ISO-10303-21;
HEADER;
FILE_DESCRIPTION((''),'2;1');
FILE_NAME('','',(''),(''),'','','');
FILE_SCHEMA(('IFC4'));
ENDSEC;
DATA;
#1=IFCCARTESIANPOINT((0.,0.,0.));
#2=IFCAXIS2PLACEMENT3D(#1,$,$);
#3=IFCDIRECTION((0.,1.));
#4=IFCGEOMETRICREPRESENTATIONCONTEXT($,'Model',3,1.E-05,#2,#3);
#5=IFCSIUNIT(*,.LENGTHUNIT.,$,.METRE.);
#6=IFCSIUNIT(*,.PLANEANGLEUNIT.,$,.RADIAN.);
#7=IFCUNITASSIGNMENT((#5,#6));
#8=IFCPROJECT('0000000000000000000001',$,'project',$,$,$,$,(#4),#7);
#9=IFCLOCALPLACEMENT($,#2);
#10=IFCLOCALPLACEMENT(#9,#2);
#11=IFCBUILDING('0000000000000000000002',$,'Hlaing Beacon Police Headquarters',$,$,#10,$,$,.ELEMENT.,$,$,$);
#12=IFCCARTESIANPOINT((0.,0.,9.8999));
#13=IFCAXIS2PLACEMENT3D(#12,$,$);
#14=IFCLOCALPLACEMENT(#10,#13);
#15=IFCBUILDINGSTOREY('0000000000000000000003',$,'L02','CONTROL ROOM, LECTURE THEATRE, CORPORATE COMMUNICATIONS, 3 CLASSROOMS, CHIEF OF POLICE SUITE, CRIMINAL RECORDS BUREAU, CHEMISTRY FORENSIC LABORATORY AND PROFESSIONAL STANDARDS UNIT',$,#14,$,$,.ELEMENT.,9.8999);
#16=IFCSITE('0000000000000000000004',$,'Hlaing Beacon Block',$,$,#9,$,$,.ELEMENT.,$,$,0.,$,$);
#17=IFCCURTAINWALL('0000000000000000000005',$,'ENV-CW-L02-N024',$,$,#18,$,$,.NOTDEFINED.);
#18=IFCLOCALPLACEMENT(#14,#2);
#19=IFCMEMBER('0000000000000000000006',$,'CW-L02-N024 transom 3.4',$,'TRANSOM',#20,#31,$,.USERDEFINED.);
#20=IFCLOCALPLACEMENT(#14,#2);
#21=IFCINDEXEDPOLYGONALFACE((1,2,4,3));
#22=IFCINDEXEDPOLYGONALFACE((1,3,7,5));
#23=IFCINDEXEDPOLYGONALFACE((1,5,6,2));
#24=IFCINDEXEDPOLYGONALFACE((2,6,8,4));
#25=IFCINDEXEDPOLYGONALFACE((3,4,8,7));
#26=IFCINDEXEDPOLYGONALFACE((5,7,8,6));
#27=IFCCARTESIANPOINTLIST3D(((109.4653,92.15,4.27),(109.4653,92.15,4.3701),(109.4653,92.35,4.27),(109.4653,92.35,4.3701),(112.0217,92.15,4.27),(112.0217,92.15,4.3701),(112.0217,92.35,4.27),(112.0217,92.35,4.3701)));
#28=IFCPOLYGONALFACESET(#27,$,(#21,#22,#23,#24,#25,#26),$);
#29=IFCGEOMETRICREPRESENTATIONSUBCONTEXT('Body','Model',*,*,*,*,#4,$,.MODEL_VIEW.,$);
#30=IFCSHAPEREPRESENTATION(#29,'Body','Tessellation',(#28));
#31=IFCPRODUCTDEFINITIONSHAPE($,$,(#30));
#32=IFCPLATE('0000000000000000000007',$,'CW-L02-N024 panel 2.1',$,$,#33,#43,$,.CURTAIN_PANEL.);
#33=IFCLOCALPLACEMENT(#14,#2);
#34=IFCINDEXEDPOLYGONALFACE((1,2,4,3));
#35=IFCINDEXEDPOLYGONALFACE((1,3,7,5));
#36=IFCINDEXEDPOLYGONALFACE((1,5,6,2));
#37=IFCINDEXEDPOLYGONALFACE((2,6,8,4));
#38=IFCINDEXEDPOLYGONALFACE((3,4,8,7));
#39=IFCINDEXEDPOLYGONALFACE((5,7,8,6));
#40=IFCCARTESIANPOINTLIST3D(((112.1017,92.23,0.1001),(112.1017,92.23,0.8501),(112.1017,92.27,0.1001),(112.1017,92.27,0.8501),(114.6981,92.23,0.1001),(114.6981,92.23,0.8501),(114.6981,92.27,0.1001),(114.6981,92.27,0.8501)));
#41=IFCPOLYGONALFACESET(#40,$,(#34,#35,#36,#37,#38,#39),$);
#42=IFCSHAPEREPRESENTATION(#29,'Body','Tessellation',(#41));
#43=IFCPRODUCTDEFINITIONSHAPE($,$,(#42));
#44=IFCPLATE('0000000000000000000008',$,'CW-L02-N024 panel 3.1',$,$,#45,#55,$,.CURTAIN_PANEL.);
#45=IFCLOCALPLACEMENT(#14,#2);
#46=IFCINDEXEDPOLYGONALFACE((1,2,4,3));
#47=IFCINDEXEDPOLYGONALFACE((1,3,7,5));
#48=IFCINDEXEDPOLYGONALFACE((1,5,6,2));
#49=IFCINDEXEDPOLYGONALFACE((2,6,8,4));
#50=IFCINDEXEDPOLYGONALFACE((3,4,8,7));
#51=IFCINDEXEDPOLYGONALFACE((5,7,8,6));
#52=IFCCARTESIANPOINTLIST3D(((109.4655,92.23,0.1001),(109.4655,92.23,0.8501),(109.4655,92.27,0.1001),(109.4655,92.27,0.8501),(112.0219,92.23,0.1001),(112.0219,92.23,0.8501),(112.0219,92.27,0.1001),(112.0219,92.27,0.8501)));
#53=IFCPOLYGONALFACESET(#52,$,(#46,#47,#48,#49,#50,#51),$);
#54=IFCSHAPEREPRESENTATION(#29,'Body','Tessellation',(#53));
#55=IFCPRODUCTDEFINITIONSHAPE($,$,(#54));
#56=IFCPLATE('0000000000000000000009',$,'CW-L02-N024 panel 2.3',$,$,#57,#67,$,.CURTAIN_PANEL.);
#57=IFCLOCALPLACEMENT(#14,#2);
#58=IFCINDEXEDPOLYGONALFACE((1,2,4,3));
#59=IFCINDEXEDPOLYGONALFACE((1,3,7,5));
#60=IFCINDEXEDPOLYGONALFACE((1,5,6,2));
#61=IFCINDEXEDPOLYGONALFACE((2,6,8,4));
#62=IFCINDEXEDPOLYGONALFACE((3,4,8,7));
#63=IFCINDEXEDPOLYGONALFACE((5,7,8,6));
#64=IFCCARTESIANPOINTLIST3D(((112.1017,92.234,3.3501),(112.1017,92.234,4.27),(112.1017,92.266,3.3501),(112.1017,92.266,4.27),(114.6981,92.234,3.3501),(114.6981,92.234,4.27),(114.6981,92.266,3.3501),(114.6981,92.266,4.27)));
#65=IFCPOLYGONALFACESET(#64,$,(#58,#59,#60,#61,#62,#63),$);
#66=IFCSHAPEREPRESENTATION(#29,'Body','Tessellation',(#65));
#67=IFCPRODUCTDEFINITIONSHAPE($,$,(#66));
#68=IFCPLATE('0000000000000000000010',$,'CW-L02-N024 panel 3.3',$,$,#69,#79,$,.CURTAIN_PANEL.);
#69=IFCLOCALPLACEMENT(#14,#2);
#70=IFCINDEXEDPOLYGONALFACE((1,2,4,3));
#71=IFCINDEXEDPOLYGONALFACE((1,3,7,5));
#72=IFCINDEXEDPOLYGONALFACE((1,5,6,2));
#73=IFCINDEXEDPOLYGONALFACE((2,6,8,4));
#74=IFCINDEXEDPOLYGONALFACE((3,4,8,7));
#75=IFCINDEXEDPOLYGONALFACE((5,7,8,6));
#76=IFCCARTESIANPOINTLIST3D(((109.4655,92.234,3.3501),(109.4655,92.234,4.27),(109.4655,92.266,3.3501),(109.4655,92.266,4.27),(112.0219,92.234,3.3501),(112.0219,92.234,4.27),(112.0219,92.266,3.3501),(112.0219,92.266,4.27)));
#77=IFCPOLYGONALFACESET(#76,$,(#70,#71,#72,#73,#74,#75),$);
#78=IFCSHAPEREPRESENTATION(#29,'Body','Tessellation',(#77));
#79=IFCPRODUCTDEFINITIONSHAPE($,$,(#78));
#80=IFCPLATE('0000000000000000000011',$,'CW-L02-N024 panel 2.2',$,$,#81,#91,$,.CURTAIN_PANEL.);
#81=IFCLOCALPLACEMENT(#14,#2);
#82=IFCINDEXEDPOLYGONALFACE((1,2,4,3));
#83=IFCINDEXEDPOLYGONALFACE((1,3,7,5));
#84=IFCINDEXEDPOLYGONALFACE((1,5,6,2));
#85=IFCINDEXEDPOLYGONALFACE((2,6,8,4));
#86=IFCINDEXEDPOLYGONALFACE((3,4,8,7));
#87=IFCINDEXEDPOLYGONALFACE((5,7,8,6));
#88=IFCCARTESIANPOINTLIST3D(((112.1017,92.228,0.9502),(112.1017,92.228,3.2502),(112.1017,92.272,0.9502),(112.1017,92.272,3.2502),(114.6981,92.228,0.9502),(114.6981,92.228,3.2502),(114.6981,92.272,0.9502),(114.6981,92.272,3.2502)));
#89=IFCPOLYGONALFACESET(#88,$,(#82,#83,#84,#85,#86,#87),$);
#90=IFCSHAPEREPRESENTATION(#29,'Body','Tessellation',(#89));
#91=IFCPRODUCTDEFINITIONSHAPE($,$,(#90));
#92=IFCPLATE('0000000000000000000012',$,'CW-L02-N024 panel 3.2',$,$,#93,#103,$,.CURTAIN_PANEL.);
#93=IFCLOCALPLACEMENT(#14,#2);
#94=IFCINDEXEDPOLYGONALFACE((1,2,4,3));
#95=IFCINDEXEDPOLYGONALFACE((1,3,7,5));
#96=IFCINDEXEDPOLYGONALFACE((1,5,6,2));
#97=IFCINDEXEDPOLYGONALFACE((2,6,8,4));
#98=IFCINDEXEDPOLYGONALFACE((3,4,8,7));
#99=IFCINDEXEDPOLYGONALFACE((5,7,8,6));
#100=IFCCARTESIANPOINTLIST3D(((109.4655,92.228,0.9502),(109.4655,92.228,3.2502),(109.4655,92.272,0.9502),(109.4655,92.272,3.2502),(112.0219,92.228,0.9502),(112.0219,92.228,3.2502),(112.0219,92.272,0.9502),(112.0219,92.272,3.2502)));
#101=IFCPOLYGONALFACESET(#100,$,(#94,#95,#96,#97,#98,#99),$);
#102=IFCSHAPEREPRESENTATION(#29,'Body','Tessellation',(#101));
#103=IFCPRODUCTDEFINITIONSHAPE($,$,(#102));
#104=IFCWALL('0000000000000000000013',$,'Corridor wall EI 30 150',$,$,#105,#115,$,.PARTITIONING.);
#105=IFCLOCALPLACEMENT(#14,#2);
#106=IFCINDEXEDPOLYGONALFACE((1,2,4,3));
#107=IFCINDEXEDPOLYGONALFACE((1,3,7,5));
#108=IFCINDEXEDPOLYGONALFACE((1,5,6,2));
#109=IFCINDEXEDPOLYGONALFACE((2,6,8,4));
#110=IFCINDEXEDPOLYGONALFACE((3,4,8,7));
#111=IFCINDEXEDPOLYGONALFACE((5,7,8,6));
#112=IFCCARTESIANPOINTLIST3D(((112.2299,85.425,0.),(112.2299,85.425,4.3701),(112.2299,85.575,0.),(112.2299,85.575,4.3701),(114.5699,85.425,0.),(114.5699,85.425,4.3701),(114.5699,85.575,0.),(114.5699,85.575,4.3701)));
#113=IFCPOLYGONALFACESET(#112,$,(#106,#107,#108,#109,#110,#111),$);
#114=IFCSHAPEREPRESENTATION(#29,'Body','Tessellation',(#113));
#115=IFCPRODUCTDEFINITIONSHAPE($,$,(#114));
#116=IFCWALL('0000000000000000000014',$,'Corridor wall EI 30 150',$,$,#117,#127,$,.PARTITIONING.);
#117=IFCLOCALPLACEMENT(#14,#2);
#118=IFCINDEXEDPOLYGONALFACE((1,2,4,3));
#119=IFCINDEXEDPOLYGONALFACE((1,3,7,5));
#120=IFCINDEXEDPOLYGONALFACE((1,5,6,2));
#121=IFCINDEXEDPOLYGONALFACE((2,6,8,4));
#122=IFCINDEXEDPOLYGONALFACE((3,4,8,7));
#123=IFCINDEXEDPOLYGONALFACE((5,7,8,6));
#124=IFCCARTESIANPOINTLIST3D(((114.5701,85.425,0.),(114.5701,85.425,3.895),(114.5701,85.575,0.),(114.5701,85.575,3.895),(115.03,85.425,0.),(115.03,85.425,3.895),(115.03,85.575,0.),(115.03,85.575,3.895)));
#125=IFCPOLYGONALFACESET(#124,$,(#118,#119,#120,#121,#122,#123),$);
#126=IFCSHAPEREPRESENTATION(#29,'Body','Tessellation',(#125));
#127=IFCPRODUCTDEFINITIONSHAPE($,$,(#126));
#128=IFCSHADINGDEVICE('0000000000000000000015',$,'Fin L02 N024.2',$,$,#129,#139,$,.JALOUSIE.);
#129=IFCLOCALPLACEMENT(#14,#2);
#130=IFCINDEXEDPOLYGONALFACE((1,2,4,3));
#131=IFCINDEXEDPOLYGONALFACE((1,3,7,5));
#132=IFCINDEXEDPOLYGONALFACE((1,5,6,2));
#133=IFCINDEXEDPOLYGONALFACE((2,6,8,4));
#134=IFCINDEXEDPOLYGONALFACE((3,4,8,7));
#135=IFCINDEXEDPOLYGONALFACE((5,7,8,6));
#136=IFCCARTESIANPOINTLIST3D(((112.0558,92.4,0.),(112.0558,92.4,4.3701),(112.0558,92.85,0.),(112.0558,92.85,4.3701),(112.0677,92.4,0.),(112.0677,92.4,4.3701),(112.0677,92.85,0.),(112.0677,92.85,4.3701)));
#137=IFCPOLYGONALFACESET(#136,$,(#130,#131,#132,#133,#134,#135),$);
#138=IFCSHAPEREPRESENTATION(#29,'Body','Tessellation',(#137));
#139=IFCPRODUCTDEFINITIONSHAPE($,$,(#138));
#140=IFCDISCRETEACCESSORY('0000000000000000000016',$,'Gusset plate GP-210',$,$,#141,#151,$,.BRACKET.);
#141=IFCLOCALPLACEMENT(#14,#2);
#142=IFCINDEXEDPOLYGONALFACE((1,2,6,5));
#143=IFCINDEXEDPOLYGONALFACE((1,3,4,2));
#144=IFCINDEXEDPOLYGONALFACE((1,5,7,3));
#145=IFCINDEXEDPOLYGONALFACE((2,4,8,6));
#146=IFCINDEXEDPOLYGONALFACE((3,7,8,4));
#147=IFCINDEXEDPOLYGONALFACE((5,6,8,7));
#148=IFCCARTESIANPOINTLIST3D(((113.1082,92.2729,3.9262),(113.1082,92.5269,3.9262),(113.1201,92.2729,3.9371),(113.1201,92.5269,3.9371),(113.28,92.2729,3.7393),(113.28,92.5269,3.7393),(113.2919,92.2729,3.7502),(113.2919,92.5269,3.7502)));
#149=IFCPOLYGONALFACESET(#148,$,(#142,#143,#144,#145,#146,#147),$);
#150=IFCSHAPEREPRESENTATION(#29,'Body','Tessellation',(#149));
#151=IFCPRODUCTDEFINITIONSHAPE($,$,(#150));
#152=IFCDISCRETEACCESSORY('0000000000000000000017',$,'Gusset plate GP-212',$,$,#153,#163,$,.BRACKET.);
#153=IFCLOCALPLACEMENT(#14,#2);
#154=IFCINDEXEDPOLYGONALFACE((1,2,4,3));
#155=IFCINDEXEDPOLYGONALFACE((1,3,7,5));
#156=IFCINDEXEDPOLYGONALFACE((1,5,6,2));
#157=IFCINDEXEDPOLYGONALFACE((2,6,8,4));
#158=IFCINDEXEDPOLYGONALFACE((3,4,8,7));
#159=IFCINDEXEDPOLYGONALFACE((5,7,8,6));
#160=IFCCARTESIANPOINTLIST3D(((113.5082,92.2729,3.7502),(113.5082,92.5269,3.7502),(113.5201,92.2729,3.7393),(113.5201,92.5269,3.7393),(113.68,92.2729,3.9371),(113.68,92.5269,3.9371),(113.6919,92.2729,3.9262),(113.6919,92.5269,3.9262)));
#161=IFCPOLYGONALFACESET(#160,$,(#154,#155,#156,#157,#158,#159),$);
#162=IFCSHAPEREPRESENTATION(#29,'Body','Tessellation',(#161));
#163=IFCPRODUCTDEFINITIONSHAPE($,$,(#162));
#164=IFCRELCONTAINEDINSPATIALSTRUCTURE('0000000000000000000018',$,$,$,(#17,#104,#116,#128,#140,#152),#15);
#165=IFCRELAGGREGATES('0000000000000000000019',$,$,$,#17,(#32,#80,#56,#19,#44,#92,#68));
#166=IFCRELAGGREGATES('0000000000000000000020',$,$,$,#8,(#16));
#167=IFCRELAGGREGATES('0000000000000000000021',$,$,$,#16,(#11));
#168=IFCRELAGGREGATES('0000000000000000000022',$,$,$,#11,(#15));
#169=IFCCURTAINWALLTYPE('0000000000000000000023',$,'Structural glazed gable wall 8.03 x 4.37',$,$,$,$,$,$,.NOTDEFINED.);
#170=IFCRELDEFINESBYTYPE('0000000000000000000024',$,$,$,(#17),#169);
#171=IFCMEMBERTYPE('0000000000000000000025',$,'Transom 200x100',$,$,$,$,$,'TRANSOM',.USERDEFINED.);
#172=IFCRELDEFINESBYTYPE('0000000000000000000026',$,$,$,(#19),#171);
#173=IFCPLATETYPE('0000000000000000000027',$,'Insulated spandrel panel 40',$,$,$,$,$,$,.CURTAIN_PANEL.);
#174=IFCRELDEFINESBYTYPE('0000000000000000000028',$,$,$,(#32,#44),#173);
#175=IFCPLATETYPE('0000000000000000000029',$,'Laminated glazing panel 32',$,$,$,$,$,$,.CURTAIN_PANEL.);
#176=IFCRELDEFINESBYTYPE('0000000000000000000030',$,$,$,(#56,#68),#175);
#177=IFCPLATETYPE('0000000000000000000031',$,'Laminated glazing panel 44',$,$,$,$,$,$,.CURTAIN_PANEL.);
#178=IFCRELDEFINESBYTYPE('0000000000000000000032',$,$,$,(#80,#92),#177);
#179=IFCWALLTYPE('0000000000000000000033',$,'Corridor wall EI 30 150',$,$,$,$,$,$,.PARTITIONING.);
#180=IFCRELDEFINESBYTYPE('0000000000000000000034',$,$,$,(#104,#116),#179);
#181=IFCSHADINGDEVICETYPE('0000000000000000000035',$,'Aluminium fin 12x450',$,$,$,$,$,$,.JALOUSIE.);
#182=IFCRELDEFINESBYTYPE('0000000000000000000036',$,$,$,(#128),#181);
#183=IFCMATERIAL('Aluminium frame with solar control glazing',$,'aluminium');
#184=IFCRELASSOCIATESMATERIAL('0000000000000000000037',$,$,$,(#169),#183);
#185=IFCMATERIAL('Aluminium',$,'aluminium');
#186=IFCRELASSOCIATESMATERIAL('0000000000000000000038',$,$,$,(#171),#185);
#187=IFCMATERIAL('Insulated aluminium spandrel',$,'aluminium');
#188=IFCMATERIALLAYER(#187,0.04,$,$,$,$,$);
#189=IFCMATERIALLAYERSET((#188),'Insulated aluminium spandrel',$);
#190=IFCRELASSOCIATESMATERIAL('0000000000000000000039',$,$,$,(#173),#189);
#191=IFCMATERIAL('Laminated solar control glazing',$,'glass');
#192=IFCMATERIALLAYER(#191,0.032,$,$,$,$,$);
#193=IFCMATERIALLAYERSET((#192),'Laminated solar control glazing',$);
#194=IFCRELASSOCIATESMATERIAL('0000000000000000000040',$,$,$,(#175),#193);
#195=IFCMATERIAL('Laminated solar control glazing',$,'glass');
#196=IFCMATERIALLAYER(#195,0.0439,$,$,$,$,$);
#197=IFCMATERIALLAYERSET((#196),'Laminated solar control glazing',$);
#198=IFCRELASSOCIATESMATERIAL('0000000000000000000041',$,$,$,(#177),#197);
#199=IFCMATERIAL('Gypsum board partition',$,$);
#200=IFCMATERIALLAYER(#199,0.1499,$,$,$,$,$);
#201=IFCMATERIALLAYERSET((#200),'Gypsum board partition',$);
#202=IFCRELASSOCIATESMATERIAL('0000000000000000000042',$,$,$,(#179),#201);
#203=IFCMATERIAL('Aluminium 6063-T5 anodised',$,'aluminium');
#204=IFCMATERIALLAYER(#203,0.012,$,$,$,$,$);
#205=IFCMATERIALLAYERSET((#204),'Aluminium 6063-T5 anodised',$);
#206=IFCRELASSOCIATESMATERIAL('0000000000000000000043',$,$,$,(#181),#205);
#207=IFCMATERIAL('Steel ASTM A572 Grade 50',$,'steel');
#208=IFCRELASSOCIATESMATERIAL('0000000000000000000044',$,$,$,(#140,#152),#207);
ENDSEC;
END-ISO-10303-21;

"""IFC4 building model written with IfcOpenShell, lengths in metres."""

from ifc_helpers import new_model, si_unit, direction, frame, frame_2d, origin, origin_2d, place, context, subcontext, project, spatial, rectangle, extrude, material, layer, layer_set, material_profile, profile_set, type_object, element, aggregate, save


model = new_model("IFC4")

# Units and contexts
model_context = context("Model", 3, precision=1e-05, world=origin(), true_north=direction((0.0, 1.0)))
body_context = subcontext(model_context, "Body", "Model", "MODEL_VIEW")
ifc_project = project(units=[si_unit("LENGTHUNIT", "METRE"), si_unit("PLANEANGLEUNIT", "RADIAN")], contexts=[model_context])

# Site, building, storey
site_placement = place(None, origin())
site = spatial("IfcSite", under=ifc_project, at=site_placement, Name="Hlaing Beacon Block", CompositionType="ELEMENT", RefElevation=0.0)
building_placement = place(site_placement, origin())
building = spatial("IfcBuilding", under=site, at=building_placement, Name="Hlaing Beacon Police Headquarters", CompositionType="ELEMENT")
storey_placement = place(building_placement, frame((0.0, 0.0, 9.8999)))
storey = spatial("IfcBuildingStorey", under=building, at=storey_placement, Name="L02", Description="CONTROL ROOM, LECTURE THEATRE, CORPORATE COMMUNICATIONS, 3 CLASSROOMS, CHIEF OF POLICE SUITE, CRIMINAL RECORDS BUREAU, CHEMISTRY FORENSIC LABORATORY AND PROFESSIONAL STANDARDS UNIT", CompositionType="ELEMENT", Elevation=9.8999)

# Curtain wall, member, plates
ifc_material_1 = material(Name="Aluminium frame with solar control glazing", Category="aluminium")
curtain_wall_type = type_object("IfcCurtainWallType", Name="Structural glazed gable wall 8.03 x 4.37", PredefinedType="NOTDEFINED", material=ifc_material_1)
curtain_wall_placement = place(storey_placement, origin())
curtain_wall = element("IfcCurtainWall", 1, at=curtain_wall_placement, inside=storey, type_object=curtain_wall_type, Name="ENV-CW-L02-N024", PredefinedType="NOTDEFINED")
ifc_material_2 = material(Name="Aluminium", Category="aluminium")
ifc_material_profile_1 = material_profile(ifc_material_2, rectangle(XDim=0.2, YDim=0.1001, at=origin_2d()), Name="Transom 200x100")
ifc_profile_set_1 = profile_set([ifc_material_profile_1], Name="Aluminium")
member_type_1 = type_object("IfcMemberType", Name="Transom 200x100", ElementType="TRANSOM", PredefinedType="USERDEFINED", material=ifc_profile_set_1)
member_1_placement = place(storey_placement, frame((112.0217, 92.25, 4.3201), z_axis=(-1.0, 0.0, 0.0), x_axis=(0.0, -1.0, 0.0)))
member_1 = element("IfcMember", 2, at=member_1_placement, type_object=member_type_1, Name="CW-L02-N024 transom 3.4", ObjectType="TRANSOM", PredefinedType="USERDEFINED", context=body_context, shape_type="SweptSolid", body=[
    extrude(rectangle(XDim=0.2, YDim=0.1001, at=origin_2d()), origin(), (0.0, 0.0, 1.0), 2.5564),
])
ifc_material_3 = material(Name="Insulated aluminium spandrel", Category="aluminium")
ifc_layer_1 = layer(ifc_material_3, 0.04)
ifc_layer_set_1 = layer_set([ifc_layer_1], Name="Insulated aluminium spandrel")
plate_type_1 = type_object("IfcPlateType", Name="Insulated spandrel panel 40", PredefinedType="CURTAIN_PANEL", material=ifc_layer_set_1)
plate_1_placement = place(storey_placement, frame((113.3999, 92.25, 0.1001), z_axis=(0.0, 0.0, 1.0), x_axis=(-1.0, 0.0, 0.0)))
plate_1 = element("IfcPlate", 3, at=plate_1_placement, type_object=plate_type_1, Name="CW-L02-N024 panel 2.1", PredefinedType="CURTAIN_PANEL", context=body_context, shape_type="SweptSolid", body=[
    extrude(rectangle(XDim=2.5964, YDim=0.04, at=origin_2d()), origin(), (0.0, 0.0, 1.0), 0.75),
])
plate_2_placement = place(storey_placement, frame((110.7437, 92.25, 0.1001), z_axis=(0.0, 0.0, 1.0), x_axis=(-1.0, 0.0, 0.0)))
plate_2 = element("IfcPlate", 4, at=plate_2_placement, type_object=plate_type_1, Name="CW-L02-N024 panel 3.1", PredefinedType="CURTAIN_PANEL", context=body_context, shape_type="SweptSolid", body=[
    extrude(rectangle(XDim=2.5564, YDim=0.04, at=origin_2d()), origin(), (0.0, 0.0, 1.0), 0.75),
])
ifc_material_4 = material(Name="Laminated solar control glazing", Category="glass")
ifc_layer_2 = layer(ifc_material_4, 0.032)
ifc_layer_set_2 = layer_set([ifc_layer_2], Name="Laminated solar control glazing")
plate_type_2 = type_object("IfcPlateType", Name="Laminated glazing panel 32", PredefinedType="CURTAIN_PANEL", material=ifc_layer_set_2)
plate_3_placement = place(storey_placement, frame((113.3999, 92.25, 3.3501), z_axis=(0.0, 0.0, 1.0), x_axis=(-1.0, 0.0, 0.0)))
plate_3 = element("IfcPlate", 5, at=plate_3_placement, type_object=plate_type_2, Name="CW-L02-N024 panel 2.3", PredefinedType="CURTAIN_PANEL", context=body_context, shape_type="SweptSolid", body=[
    extrude(rectangle(XDim=2.5964, YDim=0.032, at=origin_2d()), origin(), (0.0, 0.0, 1.0), 0.9199),
])
plate_4_placement = place(storey_placement, frame((110.7437, 92.25, 3.3501), z_axis=(0.0, 0.0, 1.0), x_axis=(-1.0, 0.0, 0.0)))
plate_4 = element("IfcPlate", 6, at=plate_4_placement, type_object=plate_type_2, Name="CW-L02-N024 panel 3.3", PredefinedType="CURTAIN_PANEL", context=body_context, shape_type="SweptSolid", body=[
    extrude(rectangle(XDim=2.5564, YDim=0.032, at=origin_2d()), origin(), (0.0, 0.0, 1.0), 0.9199),
])
ifc_material_5 = material(Name="Laminated solar control glazing", Category="glass")
ifc_layer_3 = layer(ifc_material_5, 0.0439)
ifc_layer_set_3 = layer_set([ifc_layer_3], Name="Laminated solar control glazing")
plate_type_3 = type_object("IfcPlateType", Name="Laminated glazing panel 44", PredefinedType="CURTAIN_PANEL", material=ifc_layer_set_3)
plate_5_placement = place(storey_placement, frame((113.3999, 92.25, 0.9502), z_axis=(0.0, 0.0, 1.0), x_axis=(-1.0, 0.0, 0.0)))
plate_5 = element("IfcPlate", 7, at=plate_5_placement, type_object=plate_type_3, Name="CW-L02-N024 panel 2.2", PredefinedType="CURTAIN_PANEL", context=body_context, shape_type="SweptSolid", body=[
    extrude(rectangle(XDim=2.5964, YDim=0.0439, at=origin_2d()), origin(), (0.0, 0.0, 1.0), 2.3),
])
plate_6_placement = place(storey_placement, frame((110.7437, 92.25, 0.9502), z_axis=(0.0, 0.0, 1.0), x_axis=(-1.0, 0.0, 0.0)))
plate_6 = element("IfcPlate", 8, at=plate_6_placement, type_object=plate_type_3, Name="CW-L02-N024 panel 3.2", PredefinedType="CURTAIN_PANEL", context=body_context, shape_type="SweptSolid", body=[
    extrude(rectangle(XDim=2.5564, YDim=0.0439, at=origin_2d()), origin(), (0.0, 0.0, 1.0), 2.3),
])
aggregate(curtain_wall, [plate_1, plate_5, plate_3, member_1, plate_2, plate_6, plate_4])

# Walls
ifc_material_6 = material(Name="Gypsum board partition")
ifc_layer_4 = layer(ifc_material_6, 0.1499)
ifc_layer_set_4 = layer_set([ifc_layer_4], Name="Gypsum board partition")
wall_type = type_object("IfcWallType", Name="Corridor wall EI 30 150", PredefinedType="PARTITIONING", material=ifc_layer_set_4)
wall_1_placement = place(storey_placement, frame((112.23, 85.5, 0.0), z_axis=(0.0, 0.0, 1.0), x_axis=(1.0, 0.0, 0.0)))
element("IfcWall", 9, at=wall_1_placement, inside=storey, type_object=wall_type, Name="Corridor wall EI 30 150", PredefinedType="PARTITIONING", context=body_context, shape_type="SweptSolid", body=[
    extrude(rectangle(XDim=2.3401, YDim=0.1499, at=frame_2d((1.1699, 0.0))), origin(), (0.0, 0.0, 1.0), 4.3701),
])
wall_2_placement = place(storey_placement, frame((114.5701, 85.5, 0.0), z_axis=(0.0, 0.0, 1.0), x_axis=(1.0, 0.0, 0.0)))
element("IfcWall", 10, at=wall_2_placement, inside=storey, type_object=wall_type, Name="Corridor wall EI 30 150", PredefinedType="PARTITIONING", context=body_context, shape_type="SweptSolid", body=[
    extrude(rectangle(XDim=0.46, YDim=0.1499, at=frame_2d((0.23, 0.0))), origin(), (0.0, 0.0, 1.0), 3.895),
])

# Shading device
ifc_material_7 = material(Name="Aluminium 6063-T5 anodised", Category="aluminium")
ifc_layer_5 = layer(ifc_material_7, 0.012)
ifc_layer_set_5 = layer_set([ifc_layer_5], Name="Aluminium 6063-T5 anodised")
shading_device_type = type_object("IfcShadingDeviceType", Name="Aluminium fin 12x450", PredefinedType="JALOUSIE", material=ifc_layer_set_5)
shading_device_placement = place(storey_placement, frame((112.0618, 92.625, 0.0), z_axis=(0.0, 0.0, 1.0), x_axis=(-1.0, 0.0, 0.0)))
element("IfcShadingDevice", 11, at=shading_device_placement, inside=storey, type_object=shading_device_type, Name="Fin L02 N024.2", PredefinedType="JALOUSIE", context=body_context, shape_type="SweptSolid", body=[
    extrude(rectangle(XDim=0.012, YDim=0.45, at=origin_2d()), origin(), (0.0, 0.0, 1.0), 4.3701),
])

# Discrete accessories
ifc_material_8 = material(Name="Steel ASTM A572 Grade 50", Category="steel")
for number, where, z_axis, x_axis, name in (
    (12, (113.1941, 92.3999, 3.8328), (0.736364, 0.0, 0.676585), (0.0, 1.0, 0.0), "Gusset plate GP-210"),
    (13, (113.606, 92.3999, 3.8328), (-0.736364, 0.0, 0.676585), (0.0, -1.0, 0.0), "Gusset plate GP-212"),
):
    element("IfcDiscreteAccessory", number, at=place(storey_placement, frame(where, z_axis=z_axis, x_axis=x_axis)), inside=storey, material=ifc_material_8, Name=name, PredefinedType="BRACKET", context=body_context, shape_type="SweptSolid", body=[
        extrude(rectangle(XDim=0.2539, YDim=0.2539, at=origin_2d()), origin(), (0.0, 0.0, 1.0), 0.0161),
    ])

save(model, "model.ifc")
